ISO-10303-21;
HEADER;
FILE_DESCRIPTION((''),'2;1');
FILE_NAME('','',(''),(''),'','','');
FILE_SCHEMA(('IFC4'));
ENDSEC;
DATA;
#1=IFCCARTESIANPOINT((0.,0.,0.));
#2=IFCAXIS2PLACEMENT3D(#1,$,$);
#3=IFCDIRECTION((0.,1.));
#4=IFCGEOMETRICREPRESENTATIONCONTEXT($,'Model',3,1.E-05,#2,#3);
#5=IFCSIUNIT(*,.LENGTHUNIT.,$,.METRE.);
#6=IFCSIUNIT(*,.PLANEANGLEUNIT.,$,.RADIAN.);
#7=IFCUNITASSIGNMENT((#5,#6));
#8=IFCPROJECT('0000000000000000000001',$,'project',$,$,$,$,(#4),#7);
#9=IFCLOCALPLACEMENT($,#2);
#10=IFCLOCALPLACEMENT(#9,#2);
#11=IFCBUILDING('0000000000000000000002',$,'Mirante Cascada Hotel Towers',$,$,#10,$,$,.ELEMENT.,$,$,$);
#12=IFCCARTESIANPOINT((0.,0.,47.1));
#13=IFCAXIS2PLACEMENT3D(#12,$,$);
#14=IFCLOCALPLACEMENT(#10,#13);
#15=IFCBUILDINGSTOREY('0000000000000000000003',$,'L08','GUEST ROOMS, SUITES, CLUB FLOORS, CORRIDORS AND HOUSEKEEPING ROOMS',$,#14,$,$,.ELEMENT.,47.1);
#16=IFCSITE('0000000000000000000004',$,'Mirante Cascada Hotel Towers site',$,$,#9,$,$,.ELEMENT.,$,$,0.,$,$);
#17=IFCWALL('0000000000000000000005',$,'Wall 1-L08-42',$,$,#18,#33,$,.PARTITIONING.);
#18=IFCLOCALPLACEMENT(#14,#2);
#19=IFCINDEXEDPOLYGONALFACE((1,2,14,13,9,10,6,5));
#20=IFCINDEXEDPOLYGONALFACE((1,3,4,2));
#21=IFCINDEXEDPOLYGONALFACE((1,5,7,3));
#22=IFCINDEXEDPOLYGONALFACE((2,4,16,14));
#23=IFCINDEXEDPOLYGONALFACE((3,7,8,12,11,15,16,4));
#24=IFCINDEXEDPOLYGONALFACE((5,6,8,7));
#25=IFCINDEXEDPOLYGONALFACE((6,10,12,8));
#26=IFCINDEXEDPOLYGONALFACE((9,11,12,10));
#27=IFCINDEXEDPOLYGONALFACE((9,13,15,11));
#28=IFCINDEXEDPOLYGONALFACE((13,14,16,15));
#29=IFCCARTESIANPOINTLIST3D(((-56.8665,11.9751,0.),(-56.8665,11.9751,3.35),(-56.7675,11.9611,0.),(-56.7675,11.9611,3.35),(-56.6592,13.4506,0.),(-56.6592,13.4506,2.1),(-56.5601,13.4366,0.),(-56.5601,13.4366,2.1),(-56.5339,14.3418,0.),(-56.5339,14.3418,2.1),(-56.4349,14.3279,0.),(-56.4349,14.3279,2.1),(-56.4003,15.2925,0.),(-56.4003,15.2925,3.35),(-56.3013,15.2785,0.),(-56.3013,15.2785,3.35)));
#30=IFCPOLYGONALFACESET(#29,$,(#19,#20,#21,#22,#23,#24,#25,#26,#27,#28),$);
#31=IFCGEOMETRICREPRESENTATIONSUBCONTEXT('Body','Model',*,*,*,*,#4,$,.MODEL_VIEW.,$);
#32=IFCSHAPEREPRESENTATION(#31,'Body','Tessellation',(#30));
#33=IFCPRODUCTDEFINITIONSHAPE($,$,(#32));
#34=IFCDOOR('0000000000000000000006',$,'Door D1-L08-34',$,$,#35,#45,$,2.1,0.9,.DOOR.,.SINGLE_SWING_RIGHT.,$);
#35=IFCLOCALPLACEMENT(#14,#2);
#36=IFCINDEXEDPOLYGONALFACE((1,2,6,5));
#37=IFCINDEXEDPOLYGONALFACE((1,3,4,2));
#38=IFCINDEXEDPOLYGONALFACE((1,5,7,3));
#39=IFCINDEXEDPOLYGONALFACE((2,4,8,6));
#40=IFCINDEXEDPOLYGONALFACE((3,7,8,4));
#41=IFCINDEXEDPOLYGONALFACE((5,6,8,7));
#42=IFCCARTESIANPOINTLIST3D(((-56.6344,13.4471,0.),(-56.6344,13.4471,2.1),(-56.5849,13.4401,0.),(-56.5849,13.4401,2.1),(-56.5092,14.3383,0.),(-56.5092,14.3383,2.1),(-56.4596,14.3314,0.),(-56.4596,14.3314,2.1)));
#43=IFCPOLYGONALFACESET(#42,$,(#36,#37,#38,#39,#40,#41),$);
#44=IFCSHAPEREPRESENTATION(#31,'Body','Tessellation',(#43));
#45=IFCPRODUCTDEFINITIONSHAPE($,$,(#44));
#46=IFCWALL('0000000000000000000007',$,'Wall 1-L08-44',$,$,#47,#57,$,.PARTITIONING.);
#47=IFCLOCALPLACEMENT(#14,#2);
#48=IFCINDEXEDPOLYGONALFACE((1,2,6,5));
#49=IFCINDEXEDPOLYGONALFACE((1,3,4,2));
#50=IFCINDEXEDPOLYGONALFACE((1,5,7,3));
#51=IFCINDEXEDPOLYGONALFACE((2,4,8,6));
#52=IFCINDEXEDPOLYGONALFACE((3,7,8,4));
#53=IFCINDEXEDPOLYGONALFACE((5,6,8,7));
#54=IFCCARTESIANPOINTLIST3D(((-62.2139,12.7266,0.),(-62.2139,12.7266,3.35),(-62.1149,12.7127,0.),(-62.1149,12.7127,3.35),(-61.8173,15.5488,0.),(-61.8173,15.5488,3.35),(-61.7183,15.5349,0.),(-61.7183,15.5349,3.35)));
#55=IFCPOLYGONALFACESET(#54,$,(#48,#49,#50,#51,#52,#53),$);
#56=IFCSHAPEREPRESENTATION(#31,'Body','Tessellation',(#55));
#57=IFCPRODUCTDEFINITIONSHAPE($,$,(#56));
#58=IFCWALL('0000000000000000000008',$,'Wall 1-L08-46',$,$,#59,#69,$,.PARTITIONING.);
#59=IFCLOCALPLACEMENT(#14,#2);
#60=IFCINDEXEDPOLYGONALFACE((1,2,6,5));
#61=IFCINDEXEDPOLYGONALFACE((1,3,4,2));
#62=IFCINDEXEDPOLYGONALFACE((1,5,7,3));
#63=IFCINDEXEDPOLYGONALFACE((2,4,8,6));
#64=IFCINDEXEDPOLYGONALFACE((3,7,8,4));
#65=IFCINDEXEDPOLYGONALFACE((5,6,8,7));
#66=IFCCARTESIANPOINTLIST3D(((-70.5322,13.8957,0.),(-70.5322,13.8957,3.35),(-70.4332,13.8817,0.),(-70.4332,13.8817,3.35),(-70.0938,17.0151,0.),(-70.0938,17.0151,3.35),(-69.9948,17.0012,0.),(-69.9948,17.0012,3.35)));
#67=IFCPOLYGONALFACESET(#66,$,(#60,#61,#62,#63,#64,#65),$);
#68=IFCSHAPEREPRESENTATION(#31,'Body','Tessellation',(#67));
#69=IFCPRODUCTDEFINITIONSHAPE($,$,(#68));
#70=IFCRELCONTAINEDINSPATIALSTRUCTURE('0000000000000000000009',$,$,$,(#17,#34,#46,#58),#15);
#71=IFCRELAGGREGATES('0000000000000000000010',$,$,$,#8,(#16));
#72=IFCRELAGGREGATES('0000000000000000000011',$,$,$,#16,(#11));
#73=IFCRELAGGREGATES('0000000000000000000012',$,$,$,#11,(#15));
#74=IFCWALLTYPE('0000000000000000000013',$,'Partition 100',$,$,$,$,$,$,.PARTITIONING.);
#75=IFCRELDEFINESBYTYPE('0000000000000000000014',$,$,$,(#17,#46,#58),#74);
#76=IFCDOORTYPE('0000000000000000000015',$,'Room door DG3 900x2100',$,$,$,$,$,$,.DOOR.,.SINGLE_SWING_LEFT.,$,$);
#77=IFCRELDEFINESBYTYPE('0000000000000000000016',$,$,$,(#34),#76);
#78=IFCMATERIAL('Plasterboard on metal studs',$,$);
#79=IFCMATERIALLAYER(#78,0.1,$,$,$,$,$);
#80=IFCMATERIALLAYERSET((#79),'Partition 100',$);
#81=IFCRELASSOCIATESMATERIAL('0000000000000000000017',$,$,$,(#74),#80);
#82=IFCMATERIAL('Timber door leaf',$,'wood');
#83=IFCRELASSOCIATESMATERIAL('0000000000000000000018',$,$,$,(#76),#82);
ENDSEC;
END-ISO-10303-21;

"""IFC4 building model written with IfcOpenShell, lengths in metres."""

from ifc_helpers import new_model, si_unit, direction, frame, frame_2d, origin, place, context, subcontext, project, spatial, rectangle, extrude, material, layer, layer_set, type_object, element, fill, save


model = new_model("IFC4")

# Units and contexts
model_context = context("Model", 3, precision=1e-05, world=origin(), true_north=direction((0.0, 1.0)))
body_context = subcontext(model_context, "Body", "Model", "MODEL_VIEW")
ifc_project = project(units=[si_unit("LENGTHUNIT", "METRE"), si_unit("PLANEANGLEUNIT", "RADIAN")], contexts=[model_context])

# Site, building, storey
site_placement = place(None, origin())
site = spatial("IfcSite", under=ifc_project, at=site_placement, Name="Mirante Cascada Hotel Towers site", CompositionType="ELEMENT", RefElevation=0.0)
building_placement = place(site_placement, origin())
building = spatial("IfcBuilding", under=site, at=building_placement, Name="Mirante Cascada Hotel Towers", CompositionType="ELEMENT")
storey_placement = place(building_placement, frame((0.0, 0.0, 47.1)))
storey = spatial("IfcBuildingStorey", under=building, at=storey_placement, Name="L08", Description="GUEST ROOMS, SUITES, CLUB FLOORS, CORRIDORS AND HOUSEKEEPING ROOMS", CompositionType="ELEMENT", Elevation=47.1)

# Shared definitions
ifc_material_1 = material(Name="Plasterboard on metal studs")
ifc_layer_1 = layer(ifc_material_1, 0.1)
ifc_layer_set_1 = layer_set([ifc_layer_1], Name="Partition 100")
wall_type = type_object("IfcWallType", Name="Partition 100", PredefinedType="PARTITIONING", material=ifc_layer_set_1)

# Wall, opening, door
wall_1_placement = place(storey_placement, frame((-56.3508, 15.2855, 0.0), z_axis=(0.0, 0.0, 1.0), x_axis=(-0.139164, -0.990269, 0.0)))
wall_1 = element("IfcWall", 1, at=wall_1_placement, inside=storey, type_object=wall_type, Name="Wall 1-L08-42", PredefinedType="PARTITIONING", context=body_context, shape_type="SweptSolid", body=[
    extrude(rectangle(XDim=3.35, YDim=0.1, at=frame_2d((1.675, 0.0))), origin(), (0.0, 0.0, 1.0), 3.35),
])
opening_1_placement = place(wall_1_placement, frame((0.96, 0.0, 0.0)))
opening_1 = element("IfcOpeningElement", 2, at=opening_1_placement, cuts=wall_1, PredefinedType="OPENING", context=body_context, shape_type="SweptSolid", body=[
    extrude(rectangle(XDim=0.9, YDim=2.1, at=frame_2d((0.45, 1.05))), frame((0.0, 0.05, 0.0), z_axis=(0.0, -1.0, 0.0), x_axis=(1.0, 0.0, 0.0)), (0.0, 0.0, 1.0), 0.1),
])
ifc_material_2 = material(Name="Timber door leaf", Category="wood")
door_type_1 = type_object("IfcDoorType", Name="Room door DG3 900x2100", OperationType="SINGLE_SWING_LEFT", PredefinedType="DOOR", material=ifc_material_2)
door_1_placement = place(opening_1_placement, frame((0.9, 0.0, 0.0), z_axis=(0.0, 0.0, 1.0), x_axis=(-1.0, 0.0, 0.0)))
door_1 = element("IfcDoor", 3, at=door_1_placement, inside=storey, type_object=door_type_1, Name="Door D1-L08-34", OperationType="SINGLE_SWING_RIGHT", OverallHeight=2.1, OverallWidth=0.9, PredefinedType="DOOR", context=body_context, shape_type="SweptSolid", body=[
    extrude(rectangle(XDim=0.9, YDim=2.1, at=frame_2d((0.45, 1.05))), frame((0.0, 0.025, 0.0), z_axis=(0.0, -1.0, 0.0), x_axis=(1.0, 0.0, 0.0)), (0.0, 0.0, 1.0), 0.05),
])
fill(opening_1, door_1)

# Walls
wall_2_placement = place(storey_placement, frame((-61.7678, 15.5419, 0.0), z_axis=(0.0, 0.0, 1.0), x_axis=(-0.139161, -0.99027, 0.0)))
element("IfcWall", 4, at=wall_2_placement, inside=storey, type_object=wall_type, Name="Wall 1-L08-44", PredefinedType="PARTITIONING", context=body_context, shape_type="SweptSolid", body=[
    extrude(rectangle(XDim=2.8499, YDim=0.1, at=frame_2d((1.425, 0.0))), origin(), (0.0, 0.0, 1.0), 3.35),
])
wall_3_placement = place(storey_placement, frame((-70.0443, 17.0081, 0.0), z_axis=(0.0, 0.0, 1.0), x_axis=(-0.139172, -0.990268, 0.0)))
element("IfcWall", 5, at=wall_3_placement, inside=storey, type_object=wall_type, Name="Wall 1-L08-46", PredefinedType="PARTITIONING", context=body_context, shape_type="SweptSolid", body=[
    extrude(rectangle(XDim=3.1501, YDim=0.1, at=frame_2d((1.575, 0.0))), origin(), (0.0, 0.0, 1.0), 3.35),
])

save(model, "model.ifc")
